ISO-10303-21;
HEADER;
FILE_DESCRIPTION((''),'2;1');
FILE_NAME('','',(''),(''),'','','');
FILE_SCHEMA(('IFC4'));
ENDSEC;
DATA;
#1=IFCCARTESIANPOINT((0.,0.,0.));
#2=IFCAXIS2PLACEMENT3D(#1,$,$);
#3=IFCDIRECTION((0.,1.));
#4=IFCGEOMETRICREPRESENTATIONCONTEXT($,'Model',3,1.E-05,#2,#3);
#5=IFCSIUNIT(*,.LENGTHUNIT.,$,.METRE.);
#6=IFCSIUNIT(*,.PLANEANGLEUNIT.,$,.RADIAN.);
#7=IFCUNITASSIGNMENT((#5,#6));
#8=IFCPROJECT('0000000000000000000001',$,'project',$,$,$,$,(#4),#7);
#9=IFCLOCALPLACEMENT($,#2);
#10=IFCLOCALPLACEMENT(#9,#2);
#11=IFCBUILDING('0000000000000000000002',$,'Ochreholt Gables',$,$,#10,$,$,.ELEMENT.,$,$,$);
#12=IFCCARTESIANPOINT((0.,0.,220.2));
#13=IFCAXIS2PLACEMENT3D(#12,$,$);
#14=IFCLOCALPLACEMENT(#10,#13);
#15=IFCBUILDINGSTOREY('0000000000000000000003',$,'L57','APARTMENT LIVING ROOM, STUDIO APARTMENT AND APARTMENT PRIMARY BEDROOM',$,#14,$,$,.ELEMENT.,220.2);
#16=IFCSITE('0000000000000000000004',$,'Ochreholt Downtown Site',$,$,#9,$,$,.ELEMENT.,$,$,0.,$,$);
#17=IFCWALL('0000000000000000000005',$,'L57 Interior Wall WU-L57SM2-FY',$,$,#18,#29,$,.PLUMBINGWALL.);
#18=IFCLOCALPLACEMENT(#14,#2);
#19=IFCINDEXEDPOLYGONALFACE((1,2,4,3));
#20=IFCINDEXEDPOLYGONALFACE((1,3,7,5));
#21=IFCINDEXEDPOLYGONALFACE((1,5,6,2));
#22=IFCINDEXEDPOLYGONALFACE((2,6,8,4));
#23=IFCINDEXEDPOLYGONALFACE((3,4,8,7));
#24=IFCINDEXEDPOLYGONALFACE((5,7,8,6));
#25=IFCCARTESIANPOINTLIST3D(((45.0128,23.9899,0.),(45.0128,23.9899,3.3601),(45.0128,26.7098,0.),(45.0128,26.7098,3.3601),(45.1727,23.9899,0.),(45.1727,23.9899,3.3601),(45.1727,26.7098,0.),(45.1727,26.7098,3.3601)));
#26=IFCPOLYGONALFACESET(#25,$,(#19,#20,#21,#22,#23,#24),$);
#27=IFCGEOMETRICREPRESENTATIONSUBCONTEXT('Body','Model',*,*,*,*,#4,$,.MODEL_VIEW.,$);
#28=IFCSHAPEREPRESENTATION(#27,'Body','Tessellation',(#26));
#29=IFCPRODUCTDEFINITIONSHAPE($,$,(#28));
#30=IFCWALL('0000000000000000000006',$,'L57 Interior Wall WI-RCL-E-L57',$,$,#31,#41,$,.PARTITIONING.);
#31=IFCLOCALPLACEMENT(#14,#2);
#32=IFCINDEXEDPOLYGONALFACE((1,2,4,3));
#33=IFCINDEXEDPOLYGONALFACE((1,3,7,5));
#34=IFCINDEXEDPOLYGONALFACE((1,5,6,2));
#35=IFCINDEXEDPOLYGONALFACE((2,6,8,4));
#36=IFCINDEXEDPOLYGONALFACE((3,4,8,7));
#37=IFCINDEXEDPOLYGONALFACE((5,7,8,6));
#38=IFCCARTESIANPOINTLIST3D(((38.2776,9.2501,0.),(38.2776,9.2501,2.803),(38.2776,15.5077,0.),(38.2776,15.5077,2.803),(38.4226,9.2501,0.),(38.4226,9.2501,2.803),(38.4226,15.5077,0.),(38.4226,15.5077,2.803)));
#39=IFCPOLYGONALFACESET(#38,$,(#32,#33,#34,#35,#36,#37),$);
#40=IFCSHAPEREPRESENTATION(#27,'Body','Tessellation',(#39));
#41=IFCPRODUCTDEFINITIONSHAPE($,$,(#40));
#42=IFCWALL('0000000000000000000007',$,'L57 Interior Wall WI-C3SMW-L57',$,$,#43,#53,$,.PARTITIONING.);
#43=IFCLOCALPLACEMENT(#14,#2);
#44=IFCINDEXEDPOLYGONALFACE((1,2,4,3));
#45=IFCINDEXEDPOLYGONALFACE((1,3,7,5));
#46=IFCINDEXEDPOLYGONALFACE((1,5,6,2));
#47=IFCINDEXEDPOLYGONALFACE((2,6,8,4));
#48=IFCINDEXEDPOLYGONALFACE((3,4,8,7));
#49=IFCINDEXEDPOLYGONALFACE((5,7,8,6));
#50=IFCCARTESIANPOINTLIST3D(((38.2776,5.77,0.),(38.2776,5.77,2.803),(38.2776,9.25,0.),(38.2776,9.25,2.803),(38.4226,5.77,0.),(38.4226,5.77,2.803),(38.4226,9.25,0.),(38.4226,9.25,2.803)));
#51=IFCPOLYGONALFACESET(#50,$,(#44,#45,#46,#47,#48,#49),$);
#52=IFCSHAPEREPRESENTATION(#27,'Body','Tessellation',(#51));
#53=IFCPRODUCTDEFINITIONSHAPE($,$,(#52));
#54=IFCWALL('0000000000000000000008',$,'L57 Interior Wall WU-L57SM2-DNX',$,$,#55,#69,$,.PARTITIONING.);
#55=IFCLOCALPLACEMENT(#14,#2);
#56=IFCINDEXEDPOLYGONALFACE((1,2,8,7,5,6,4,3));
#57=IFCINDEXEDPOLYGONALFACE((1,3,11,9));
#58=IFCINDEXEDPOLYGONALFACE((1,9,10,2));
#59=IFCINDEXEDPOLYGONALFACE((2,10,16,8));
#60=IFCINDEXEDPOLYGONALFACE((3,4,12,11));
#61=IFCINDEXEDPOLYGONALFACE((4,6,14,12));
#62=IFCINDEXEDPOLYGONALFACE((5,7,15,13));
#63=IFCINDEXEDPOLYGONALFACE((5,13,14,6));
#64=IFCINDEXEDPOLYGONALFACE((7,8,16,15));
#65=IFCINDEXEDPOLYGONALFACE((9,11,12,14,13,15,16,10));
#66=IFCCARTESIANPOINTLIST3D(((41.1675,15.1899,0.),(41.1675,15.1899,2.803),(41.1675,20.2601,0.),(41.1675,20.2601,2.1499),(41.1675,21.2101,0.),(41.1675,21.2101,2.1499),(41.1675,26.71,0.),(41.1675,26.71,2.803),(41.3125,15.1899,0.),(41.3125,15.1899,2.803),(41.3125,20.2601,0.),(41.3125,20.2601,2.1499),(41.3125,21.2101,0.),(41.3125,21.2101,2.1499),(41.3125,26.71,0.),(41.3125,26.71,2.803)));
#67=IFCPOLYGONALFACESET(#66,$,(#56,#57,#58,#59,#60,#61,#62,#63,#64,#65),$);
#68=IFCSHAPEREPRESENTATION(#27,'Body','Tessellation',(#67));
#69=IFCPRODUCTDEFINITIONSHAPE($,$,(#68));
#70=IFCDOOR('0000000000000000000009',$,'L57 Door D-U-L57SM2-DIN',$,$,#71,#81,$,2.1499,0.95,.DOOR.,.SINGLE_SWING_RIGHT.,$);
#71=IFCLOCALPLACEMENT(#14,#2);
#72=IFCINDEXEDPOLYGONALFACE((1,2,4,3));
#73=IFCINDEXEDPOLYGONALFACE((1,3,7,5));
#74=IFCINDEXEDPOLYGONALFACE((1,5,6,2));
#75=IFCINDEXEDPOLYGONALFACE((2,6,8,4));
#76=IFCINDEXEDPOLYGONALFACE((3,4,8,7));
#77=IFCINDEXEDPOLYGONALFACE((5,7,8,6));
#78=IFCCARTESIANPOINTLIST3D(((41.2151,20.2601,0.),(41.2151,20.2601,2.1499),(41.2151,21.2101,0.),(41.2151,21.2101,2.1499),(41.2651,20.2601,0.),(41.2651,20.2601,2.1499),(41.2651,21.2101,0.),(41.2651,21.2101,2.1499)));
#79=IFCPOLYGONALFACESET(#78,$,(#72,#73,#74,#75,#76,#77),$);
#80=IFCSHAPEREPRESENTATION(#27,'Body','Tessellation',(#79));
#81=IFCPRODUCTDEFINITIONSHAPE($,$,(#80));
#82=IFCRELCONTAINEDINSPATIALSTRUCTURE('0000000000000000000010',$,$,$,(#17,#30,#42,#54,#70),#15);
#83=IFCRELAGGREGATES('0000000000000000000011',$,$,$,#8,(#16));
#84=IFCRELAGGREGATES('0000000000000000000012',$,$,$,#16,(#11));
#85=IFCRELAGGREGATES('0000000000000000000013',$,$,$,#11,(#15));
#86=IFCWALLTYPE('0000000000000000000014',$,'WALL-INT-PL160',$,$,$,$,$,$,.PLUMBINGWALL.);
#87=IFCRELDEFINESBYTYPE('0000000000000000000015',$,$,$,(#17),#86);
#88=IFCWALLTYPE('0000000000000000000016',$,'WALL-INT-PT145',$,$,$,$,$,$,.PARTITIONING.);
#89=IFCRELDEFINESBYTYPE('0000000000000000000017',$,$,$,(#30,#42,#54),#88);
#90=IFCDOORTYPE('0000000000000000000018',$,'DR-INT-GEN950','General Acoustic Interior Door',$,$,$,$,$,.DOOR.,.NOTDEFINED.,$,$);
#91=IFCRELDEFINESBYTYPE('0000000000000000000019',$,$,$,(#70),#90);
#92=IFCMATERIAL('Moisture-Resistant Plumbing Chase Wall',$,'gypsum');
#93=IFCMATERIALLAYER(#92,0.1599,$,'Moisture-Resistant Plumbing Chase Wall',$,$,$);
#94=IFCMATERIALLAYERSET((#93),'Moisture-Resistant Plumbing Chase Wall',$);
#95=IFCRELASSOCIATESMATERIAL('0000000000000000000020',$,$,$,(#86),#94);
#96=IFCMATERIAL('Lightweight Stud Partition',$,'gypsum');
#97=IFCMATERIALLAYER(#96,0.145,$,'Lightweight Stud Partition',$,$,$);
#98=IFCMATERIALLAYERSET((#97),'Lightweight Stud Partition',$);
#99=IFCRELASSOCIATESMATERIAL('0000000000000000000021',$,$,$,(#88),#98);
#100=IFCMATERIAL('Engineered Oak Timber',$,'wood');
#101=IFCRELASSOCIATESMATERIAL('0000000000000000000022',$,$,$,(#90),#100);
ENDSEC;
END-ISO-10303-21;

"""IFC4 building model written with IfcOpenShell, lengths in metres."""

from ifc_helpers import new_model, si_unit, direction, frame, frame_2d, origin, place, context, subcontext, project, spatial, rectangle, extrude, material, layer, layer_set, type_object, element, fill, save


model = new_model("IFC4")

# Units and contexts
model_context = context("Model", 3, precision=1e-05, world=origin(), true_north=direction((0.0, 1.0)))
body_context = subcontext(model_context, "Body", "Model", "MODEL_VIEW")
ifc_project = project(units=[si_unit("LENGTHUNIT", "METRE"), si_unit("PLANEANGLEUNIT", "RADIAN")], contexts=[model_context])

# Site, building, storey
site_placement = place(None, origin())
site = spatial("IfcSite", under=ifc_project, at=site_placement, Name="Ochreholt Downtown Site", CompositionType="ELEMENT", RefElevation=0.0)
building_placement = place(site_placement, origin())
building = spatial("IfcBuilding", under=site, at=building_placement, Name="Ochreholt Gables", CompositionType="ELEMENT")
storey_placement = place(building_placement, frame((0.0, 0.0, 220.2)))
storey = spatial("IfcBuildingStorey", under=building, at=storey_placement, Name="L57", Description="APARTMENT LIVING ROOM, STUDIO APARTMENT AND APARTMENT PRIMARY BEDROOM", CompositionType="ELEMENT", Elevation=220.2)

# Walls
ifc_material_1 = material(Name="Moisture-Resistant Plumbing Chase Wall", Category="gypsum")
ifc_layer_1 = layer(ifc_material_1, 0.1599, Name="Moisture-Resistant Plumbing Chase Wall")
ifc_layer_set_1 = layer_set([ifc_layer_1], Name="Moisture-Resistant Plumbing Chase Wall")
wall_type_1 = type_object("IfcWallType", Name="WALL-INT-PL160", PredefinedType="PLUMBINGWALL", material=ifc_layer_set_1)
wall_1_placement = place(storey_placement, frame((45.0928, 23.99, 0.0), z_axis=(0.0, 0.0, 1.0), x_axis=(0.0, 1.0, 0.0)))
element("IfcWall", 1, at=wall_1_placement, inside=storey, type_object=wall_type_1, Name="L57 Interior Wall WU-L57SM2-FY", PredefinedType="PLUMBINGWALL", context=body_context, shape_type="SweptSolid", body=[
    extrude(rectangle(XDim=2.72, YDim=0.1599, at=frame_2d((1.3599, 0.0))), origin(), (0.0, 0.0, 1.0), 3.3601),
])
ifc_material_2 = material(Name="Lightweight Stud Partition", Category="gypsum")
ifc_layer_2 = layer(ifc_material_2, 0.145, Name="Lightweight Stud Partition")
ifc_layer_set_2 = layer_set([ifc_layer_2], Name="Lightweight Stud Partition")
wall_type_2 = type_object("IfcWallType", Name="WALL-INT-PT145", PredefinedType="PARTITIONING", material=ifc_layer_set_2)
wall_2_placement = place(storey_placement, frame((38.3501, 9.25, 0.0), z_axis=(0.0, 0.0, 1.0), x_axis=(0.0, 1.0, 0.0)))
element("IfcWall", 2, at=wall_2_placement, inside=storey, type_object=wall_type_2, Name="L57 Interior Wall WI-RCL-E-L57", PredefinedType="PARTITIONING", context=body_context, shape_type="SweptSolid", body=[
    extrude(rectangle(XDim=6.2576, YDim=0.145, at=frame_2d((3.1289, 0.0))), origin(), (0.0, 0.0, 1.0), 2.803),
])
wall_3_placement = place(storey_placement, frame((38.3501, 5.77, 0.0), z_axis=(0.0, 0.0, 1.0), x_axis=(0.0, 1.0, 0.0)))
element("IfcWall", 3, at=wall_3_placement, inside=storey, type_object=wall_type_2, Name="L57 Interior Wall WI-C3SMW-L57", PredefinedType="PARTITIONING", context=body_context, shape_type="SweptSolid", body=[
    extrude(rectangle(XDim=3.48, YDim=0.145, at=frame_2d((1.74, 0.0))), origin(), (0.0, 0.0, 1.0), 2.803),
])

# Wall, opening, door
wall_4_placement = place(storey_placement, frame((41.24, 15.1899, 0.0), z_axis=(0.0, 0.0, 1.0), x_axis=(0.0, 1.0, 0.0)))
wall_4 = element("IfcWall", 4, at=wall_4_placement, inside=storey, type_object=wall_type_2, Name="L57 Interior Wall WU-L57SM2-DNX", PredefinedType="PARTITIONING", context=body_context, shape_type="SweptSolid", body=[
    extrude(rectangle(XDim=11.52, YDim=0.145, at=frame_2d((5.76, 0.0))), origin(), (0.0, 0.0, 1.0), 2.803),
])
opening_placement = place(wall_4_placement, frame((5.0701, 0.0, 0.0)))
opening = element("IfcOpeningElement", 5, at=opening_placement, cuts=wall_4, PredefinedType="OPENING", context=body_context, shape_type="SweptSolid", body=[
    extrude(rectangle(XDim=0.95, YDim=2.1499, at=frame_2d((0.4751, 1.075))), frame((0.0, 0.0825, 0.0), z_axis=(0.0, -1.0, 0.0), x_axis=(1.0, 0.0, 0.0)), (0.0, 0.0, 1.0), 0.165),
])
ifc_material_3 = material(Name="Engineered Oak Timber", Category="wood")
door_type = type_object("IfcDoorType", Name="DR-INT-GEN950", Description="General Acoustic Interior Door", OperationType="NOTDEFINED", PredefinedType="DOOR", material=ifc_material_3)
door_placement = place(opening_placement, origin())
door = element("IfcDoor", 6, at=door_placement, inside=storey, type_object=door_type, Name="L57 Door D-U-L57SM2-DIN", OperationType="SINGLE_SWING_RIGHT", OverallHeight=2.1499, OverallWidth=0.95, PredefinedType="DOOR", context=body_context, shape_type="SweptSolid", body=[
    extrude(rectangle(XDim=0.95, YDim=2.1499, at=frame_2d((0.4751, 1.075))), frame((0.0, 0.0249, 0.0), z_axis=(0.0, -1.0, 0.0), x_axis=(1.0, 0.0, 0.0)), (0.0, 0.0, 1.0), 0.05),
])
fill(opening, door)

save(model, "model.ifc")
